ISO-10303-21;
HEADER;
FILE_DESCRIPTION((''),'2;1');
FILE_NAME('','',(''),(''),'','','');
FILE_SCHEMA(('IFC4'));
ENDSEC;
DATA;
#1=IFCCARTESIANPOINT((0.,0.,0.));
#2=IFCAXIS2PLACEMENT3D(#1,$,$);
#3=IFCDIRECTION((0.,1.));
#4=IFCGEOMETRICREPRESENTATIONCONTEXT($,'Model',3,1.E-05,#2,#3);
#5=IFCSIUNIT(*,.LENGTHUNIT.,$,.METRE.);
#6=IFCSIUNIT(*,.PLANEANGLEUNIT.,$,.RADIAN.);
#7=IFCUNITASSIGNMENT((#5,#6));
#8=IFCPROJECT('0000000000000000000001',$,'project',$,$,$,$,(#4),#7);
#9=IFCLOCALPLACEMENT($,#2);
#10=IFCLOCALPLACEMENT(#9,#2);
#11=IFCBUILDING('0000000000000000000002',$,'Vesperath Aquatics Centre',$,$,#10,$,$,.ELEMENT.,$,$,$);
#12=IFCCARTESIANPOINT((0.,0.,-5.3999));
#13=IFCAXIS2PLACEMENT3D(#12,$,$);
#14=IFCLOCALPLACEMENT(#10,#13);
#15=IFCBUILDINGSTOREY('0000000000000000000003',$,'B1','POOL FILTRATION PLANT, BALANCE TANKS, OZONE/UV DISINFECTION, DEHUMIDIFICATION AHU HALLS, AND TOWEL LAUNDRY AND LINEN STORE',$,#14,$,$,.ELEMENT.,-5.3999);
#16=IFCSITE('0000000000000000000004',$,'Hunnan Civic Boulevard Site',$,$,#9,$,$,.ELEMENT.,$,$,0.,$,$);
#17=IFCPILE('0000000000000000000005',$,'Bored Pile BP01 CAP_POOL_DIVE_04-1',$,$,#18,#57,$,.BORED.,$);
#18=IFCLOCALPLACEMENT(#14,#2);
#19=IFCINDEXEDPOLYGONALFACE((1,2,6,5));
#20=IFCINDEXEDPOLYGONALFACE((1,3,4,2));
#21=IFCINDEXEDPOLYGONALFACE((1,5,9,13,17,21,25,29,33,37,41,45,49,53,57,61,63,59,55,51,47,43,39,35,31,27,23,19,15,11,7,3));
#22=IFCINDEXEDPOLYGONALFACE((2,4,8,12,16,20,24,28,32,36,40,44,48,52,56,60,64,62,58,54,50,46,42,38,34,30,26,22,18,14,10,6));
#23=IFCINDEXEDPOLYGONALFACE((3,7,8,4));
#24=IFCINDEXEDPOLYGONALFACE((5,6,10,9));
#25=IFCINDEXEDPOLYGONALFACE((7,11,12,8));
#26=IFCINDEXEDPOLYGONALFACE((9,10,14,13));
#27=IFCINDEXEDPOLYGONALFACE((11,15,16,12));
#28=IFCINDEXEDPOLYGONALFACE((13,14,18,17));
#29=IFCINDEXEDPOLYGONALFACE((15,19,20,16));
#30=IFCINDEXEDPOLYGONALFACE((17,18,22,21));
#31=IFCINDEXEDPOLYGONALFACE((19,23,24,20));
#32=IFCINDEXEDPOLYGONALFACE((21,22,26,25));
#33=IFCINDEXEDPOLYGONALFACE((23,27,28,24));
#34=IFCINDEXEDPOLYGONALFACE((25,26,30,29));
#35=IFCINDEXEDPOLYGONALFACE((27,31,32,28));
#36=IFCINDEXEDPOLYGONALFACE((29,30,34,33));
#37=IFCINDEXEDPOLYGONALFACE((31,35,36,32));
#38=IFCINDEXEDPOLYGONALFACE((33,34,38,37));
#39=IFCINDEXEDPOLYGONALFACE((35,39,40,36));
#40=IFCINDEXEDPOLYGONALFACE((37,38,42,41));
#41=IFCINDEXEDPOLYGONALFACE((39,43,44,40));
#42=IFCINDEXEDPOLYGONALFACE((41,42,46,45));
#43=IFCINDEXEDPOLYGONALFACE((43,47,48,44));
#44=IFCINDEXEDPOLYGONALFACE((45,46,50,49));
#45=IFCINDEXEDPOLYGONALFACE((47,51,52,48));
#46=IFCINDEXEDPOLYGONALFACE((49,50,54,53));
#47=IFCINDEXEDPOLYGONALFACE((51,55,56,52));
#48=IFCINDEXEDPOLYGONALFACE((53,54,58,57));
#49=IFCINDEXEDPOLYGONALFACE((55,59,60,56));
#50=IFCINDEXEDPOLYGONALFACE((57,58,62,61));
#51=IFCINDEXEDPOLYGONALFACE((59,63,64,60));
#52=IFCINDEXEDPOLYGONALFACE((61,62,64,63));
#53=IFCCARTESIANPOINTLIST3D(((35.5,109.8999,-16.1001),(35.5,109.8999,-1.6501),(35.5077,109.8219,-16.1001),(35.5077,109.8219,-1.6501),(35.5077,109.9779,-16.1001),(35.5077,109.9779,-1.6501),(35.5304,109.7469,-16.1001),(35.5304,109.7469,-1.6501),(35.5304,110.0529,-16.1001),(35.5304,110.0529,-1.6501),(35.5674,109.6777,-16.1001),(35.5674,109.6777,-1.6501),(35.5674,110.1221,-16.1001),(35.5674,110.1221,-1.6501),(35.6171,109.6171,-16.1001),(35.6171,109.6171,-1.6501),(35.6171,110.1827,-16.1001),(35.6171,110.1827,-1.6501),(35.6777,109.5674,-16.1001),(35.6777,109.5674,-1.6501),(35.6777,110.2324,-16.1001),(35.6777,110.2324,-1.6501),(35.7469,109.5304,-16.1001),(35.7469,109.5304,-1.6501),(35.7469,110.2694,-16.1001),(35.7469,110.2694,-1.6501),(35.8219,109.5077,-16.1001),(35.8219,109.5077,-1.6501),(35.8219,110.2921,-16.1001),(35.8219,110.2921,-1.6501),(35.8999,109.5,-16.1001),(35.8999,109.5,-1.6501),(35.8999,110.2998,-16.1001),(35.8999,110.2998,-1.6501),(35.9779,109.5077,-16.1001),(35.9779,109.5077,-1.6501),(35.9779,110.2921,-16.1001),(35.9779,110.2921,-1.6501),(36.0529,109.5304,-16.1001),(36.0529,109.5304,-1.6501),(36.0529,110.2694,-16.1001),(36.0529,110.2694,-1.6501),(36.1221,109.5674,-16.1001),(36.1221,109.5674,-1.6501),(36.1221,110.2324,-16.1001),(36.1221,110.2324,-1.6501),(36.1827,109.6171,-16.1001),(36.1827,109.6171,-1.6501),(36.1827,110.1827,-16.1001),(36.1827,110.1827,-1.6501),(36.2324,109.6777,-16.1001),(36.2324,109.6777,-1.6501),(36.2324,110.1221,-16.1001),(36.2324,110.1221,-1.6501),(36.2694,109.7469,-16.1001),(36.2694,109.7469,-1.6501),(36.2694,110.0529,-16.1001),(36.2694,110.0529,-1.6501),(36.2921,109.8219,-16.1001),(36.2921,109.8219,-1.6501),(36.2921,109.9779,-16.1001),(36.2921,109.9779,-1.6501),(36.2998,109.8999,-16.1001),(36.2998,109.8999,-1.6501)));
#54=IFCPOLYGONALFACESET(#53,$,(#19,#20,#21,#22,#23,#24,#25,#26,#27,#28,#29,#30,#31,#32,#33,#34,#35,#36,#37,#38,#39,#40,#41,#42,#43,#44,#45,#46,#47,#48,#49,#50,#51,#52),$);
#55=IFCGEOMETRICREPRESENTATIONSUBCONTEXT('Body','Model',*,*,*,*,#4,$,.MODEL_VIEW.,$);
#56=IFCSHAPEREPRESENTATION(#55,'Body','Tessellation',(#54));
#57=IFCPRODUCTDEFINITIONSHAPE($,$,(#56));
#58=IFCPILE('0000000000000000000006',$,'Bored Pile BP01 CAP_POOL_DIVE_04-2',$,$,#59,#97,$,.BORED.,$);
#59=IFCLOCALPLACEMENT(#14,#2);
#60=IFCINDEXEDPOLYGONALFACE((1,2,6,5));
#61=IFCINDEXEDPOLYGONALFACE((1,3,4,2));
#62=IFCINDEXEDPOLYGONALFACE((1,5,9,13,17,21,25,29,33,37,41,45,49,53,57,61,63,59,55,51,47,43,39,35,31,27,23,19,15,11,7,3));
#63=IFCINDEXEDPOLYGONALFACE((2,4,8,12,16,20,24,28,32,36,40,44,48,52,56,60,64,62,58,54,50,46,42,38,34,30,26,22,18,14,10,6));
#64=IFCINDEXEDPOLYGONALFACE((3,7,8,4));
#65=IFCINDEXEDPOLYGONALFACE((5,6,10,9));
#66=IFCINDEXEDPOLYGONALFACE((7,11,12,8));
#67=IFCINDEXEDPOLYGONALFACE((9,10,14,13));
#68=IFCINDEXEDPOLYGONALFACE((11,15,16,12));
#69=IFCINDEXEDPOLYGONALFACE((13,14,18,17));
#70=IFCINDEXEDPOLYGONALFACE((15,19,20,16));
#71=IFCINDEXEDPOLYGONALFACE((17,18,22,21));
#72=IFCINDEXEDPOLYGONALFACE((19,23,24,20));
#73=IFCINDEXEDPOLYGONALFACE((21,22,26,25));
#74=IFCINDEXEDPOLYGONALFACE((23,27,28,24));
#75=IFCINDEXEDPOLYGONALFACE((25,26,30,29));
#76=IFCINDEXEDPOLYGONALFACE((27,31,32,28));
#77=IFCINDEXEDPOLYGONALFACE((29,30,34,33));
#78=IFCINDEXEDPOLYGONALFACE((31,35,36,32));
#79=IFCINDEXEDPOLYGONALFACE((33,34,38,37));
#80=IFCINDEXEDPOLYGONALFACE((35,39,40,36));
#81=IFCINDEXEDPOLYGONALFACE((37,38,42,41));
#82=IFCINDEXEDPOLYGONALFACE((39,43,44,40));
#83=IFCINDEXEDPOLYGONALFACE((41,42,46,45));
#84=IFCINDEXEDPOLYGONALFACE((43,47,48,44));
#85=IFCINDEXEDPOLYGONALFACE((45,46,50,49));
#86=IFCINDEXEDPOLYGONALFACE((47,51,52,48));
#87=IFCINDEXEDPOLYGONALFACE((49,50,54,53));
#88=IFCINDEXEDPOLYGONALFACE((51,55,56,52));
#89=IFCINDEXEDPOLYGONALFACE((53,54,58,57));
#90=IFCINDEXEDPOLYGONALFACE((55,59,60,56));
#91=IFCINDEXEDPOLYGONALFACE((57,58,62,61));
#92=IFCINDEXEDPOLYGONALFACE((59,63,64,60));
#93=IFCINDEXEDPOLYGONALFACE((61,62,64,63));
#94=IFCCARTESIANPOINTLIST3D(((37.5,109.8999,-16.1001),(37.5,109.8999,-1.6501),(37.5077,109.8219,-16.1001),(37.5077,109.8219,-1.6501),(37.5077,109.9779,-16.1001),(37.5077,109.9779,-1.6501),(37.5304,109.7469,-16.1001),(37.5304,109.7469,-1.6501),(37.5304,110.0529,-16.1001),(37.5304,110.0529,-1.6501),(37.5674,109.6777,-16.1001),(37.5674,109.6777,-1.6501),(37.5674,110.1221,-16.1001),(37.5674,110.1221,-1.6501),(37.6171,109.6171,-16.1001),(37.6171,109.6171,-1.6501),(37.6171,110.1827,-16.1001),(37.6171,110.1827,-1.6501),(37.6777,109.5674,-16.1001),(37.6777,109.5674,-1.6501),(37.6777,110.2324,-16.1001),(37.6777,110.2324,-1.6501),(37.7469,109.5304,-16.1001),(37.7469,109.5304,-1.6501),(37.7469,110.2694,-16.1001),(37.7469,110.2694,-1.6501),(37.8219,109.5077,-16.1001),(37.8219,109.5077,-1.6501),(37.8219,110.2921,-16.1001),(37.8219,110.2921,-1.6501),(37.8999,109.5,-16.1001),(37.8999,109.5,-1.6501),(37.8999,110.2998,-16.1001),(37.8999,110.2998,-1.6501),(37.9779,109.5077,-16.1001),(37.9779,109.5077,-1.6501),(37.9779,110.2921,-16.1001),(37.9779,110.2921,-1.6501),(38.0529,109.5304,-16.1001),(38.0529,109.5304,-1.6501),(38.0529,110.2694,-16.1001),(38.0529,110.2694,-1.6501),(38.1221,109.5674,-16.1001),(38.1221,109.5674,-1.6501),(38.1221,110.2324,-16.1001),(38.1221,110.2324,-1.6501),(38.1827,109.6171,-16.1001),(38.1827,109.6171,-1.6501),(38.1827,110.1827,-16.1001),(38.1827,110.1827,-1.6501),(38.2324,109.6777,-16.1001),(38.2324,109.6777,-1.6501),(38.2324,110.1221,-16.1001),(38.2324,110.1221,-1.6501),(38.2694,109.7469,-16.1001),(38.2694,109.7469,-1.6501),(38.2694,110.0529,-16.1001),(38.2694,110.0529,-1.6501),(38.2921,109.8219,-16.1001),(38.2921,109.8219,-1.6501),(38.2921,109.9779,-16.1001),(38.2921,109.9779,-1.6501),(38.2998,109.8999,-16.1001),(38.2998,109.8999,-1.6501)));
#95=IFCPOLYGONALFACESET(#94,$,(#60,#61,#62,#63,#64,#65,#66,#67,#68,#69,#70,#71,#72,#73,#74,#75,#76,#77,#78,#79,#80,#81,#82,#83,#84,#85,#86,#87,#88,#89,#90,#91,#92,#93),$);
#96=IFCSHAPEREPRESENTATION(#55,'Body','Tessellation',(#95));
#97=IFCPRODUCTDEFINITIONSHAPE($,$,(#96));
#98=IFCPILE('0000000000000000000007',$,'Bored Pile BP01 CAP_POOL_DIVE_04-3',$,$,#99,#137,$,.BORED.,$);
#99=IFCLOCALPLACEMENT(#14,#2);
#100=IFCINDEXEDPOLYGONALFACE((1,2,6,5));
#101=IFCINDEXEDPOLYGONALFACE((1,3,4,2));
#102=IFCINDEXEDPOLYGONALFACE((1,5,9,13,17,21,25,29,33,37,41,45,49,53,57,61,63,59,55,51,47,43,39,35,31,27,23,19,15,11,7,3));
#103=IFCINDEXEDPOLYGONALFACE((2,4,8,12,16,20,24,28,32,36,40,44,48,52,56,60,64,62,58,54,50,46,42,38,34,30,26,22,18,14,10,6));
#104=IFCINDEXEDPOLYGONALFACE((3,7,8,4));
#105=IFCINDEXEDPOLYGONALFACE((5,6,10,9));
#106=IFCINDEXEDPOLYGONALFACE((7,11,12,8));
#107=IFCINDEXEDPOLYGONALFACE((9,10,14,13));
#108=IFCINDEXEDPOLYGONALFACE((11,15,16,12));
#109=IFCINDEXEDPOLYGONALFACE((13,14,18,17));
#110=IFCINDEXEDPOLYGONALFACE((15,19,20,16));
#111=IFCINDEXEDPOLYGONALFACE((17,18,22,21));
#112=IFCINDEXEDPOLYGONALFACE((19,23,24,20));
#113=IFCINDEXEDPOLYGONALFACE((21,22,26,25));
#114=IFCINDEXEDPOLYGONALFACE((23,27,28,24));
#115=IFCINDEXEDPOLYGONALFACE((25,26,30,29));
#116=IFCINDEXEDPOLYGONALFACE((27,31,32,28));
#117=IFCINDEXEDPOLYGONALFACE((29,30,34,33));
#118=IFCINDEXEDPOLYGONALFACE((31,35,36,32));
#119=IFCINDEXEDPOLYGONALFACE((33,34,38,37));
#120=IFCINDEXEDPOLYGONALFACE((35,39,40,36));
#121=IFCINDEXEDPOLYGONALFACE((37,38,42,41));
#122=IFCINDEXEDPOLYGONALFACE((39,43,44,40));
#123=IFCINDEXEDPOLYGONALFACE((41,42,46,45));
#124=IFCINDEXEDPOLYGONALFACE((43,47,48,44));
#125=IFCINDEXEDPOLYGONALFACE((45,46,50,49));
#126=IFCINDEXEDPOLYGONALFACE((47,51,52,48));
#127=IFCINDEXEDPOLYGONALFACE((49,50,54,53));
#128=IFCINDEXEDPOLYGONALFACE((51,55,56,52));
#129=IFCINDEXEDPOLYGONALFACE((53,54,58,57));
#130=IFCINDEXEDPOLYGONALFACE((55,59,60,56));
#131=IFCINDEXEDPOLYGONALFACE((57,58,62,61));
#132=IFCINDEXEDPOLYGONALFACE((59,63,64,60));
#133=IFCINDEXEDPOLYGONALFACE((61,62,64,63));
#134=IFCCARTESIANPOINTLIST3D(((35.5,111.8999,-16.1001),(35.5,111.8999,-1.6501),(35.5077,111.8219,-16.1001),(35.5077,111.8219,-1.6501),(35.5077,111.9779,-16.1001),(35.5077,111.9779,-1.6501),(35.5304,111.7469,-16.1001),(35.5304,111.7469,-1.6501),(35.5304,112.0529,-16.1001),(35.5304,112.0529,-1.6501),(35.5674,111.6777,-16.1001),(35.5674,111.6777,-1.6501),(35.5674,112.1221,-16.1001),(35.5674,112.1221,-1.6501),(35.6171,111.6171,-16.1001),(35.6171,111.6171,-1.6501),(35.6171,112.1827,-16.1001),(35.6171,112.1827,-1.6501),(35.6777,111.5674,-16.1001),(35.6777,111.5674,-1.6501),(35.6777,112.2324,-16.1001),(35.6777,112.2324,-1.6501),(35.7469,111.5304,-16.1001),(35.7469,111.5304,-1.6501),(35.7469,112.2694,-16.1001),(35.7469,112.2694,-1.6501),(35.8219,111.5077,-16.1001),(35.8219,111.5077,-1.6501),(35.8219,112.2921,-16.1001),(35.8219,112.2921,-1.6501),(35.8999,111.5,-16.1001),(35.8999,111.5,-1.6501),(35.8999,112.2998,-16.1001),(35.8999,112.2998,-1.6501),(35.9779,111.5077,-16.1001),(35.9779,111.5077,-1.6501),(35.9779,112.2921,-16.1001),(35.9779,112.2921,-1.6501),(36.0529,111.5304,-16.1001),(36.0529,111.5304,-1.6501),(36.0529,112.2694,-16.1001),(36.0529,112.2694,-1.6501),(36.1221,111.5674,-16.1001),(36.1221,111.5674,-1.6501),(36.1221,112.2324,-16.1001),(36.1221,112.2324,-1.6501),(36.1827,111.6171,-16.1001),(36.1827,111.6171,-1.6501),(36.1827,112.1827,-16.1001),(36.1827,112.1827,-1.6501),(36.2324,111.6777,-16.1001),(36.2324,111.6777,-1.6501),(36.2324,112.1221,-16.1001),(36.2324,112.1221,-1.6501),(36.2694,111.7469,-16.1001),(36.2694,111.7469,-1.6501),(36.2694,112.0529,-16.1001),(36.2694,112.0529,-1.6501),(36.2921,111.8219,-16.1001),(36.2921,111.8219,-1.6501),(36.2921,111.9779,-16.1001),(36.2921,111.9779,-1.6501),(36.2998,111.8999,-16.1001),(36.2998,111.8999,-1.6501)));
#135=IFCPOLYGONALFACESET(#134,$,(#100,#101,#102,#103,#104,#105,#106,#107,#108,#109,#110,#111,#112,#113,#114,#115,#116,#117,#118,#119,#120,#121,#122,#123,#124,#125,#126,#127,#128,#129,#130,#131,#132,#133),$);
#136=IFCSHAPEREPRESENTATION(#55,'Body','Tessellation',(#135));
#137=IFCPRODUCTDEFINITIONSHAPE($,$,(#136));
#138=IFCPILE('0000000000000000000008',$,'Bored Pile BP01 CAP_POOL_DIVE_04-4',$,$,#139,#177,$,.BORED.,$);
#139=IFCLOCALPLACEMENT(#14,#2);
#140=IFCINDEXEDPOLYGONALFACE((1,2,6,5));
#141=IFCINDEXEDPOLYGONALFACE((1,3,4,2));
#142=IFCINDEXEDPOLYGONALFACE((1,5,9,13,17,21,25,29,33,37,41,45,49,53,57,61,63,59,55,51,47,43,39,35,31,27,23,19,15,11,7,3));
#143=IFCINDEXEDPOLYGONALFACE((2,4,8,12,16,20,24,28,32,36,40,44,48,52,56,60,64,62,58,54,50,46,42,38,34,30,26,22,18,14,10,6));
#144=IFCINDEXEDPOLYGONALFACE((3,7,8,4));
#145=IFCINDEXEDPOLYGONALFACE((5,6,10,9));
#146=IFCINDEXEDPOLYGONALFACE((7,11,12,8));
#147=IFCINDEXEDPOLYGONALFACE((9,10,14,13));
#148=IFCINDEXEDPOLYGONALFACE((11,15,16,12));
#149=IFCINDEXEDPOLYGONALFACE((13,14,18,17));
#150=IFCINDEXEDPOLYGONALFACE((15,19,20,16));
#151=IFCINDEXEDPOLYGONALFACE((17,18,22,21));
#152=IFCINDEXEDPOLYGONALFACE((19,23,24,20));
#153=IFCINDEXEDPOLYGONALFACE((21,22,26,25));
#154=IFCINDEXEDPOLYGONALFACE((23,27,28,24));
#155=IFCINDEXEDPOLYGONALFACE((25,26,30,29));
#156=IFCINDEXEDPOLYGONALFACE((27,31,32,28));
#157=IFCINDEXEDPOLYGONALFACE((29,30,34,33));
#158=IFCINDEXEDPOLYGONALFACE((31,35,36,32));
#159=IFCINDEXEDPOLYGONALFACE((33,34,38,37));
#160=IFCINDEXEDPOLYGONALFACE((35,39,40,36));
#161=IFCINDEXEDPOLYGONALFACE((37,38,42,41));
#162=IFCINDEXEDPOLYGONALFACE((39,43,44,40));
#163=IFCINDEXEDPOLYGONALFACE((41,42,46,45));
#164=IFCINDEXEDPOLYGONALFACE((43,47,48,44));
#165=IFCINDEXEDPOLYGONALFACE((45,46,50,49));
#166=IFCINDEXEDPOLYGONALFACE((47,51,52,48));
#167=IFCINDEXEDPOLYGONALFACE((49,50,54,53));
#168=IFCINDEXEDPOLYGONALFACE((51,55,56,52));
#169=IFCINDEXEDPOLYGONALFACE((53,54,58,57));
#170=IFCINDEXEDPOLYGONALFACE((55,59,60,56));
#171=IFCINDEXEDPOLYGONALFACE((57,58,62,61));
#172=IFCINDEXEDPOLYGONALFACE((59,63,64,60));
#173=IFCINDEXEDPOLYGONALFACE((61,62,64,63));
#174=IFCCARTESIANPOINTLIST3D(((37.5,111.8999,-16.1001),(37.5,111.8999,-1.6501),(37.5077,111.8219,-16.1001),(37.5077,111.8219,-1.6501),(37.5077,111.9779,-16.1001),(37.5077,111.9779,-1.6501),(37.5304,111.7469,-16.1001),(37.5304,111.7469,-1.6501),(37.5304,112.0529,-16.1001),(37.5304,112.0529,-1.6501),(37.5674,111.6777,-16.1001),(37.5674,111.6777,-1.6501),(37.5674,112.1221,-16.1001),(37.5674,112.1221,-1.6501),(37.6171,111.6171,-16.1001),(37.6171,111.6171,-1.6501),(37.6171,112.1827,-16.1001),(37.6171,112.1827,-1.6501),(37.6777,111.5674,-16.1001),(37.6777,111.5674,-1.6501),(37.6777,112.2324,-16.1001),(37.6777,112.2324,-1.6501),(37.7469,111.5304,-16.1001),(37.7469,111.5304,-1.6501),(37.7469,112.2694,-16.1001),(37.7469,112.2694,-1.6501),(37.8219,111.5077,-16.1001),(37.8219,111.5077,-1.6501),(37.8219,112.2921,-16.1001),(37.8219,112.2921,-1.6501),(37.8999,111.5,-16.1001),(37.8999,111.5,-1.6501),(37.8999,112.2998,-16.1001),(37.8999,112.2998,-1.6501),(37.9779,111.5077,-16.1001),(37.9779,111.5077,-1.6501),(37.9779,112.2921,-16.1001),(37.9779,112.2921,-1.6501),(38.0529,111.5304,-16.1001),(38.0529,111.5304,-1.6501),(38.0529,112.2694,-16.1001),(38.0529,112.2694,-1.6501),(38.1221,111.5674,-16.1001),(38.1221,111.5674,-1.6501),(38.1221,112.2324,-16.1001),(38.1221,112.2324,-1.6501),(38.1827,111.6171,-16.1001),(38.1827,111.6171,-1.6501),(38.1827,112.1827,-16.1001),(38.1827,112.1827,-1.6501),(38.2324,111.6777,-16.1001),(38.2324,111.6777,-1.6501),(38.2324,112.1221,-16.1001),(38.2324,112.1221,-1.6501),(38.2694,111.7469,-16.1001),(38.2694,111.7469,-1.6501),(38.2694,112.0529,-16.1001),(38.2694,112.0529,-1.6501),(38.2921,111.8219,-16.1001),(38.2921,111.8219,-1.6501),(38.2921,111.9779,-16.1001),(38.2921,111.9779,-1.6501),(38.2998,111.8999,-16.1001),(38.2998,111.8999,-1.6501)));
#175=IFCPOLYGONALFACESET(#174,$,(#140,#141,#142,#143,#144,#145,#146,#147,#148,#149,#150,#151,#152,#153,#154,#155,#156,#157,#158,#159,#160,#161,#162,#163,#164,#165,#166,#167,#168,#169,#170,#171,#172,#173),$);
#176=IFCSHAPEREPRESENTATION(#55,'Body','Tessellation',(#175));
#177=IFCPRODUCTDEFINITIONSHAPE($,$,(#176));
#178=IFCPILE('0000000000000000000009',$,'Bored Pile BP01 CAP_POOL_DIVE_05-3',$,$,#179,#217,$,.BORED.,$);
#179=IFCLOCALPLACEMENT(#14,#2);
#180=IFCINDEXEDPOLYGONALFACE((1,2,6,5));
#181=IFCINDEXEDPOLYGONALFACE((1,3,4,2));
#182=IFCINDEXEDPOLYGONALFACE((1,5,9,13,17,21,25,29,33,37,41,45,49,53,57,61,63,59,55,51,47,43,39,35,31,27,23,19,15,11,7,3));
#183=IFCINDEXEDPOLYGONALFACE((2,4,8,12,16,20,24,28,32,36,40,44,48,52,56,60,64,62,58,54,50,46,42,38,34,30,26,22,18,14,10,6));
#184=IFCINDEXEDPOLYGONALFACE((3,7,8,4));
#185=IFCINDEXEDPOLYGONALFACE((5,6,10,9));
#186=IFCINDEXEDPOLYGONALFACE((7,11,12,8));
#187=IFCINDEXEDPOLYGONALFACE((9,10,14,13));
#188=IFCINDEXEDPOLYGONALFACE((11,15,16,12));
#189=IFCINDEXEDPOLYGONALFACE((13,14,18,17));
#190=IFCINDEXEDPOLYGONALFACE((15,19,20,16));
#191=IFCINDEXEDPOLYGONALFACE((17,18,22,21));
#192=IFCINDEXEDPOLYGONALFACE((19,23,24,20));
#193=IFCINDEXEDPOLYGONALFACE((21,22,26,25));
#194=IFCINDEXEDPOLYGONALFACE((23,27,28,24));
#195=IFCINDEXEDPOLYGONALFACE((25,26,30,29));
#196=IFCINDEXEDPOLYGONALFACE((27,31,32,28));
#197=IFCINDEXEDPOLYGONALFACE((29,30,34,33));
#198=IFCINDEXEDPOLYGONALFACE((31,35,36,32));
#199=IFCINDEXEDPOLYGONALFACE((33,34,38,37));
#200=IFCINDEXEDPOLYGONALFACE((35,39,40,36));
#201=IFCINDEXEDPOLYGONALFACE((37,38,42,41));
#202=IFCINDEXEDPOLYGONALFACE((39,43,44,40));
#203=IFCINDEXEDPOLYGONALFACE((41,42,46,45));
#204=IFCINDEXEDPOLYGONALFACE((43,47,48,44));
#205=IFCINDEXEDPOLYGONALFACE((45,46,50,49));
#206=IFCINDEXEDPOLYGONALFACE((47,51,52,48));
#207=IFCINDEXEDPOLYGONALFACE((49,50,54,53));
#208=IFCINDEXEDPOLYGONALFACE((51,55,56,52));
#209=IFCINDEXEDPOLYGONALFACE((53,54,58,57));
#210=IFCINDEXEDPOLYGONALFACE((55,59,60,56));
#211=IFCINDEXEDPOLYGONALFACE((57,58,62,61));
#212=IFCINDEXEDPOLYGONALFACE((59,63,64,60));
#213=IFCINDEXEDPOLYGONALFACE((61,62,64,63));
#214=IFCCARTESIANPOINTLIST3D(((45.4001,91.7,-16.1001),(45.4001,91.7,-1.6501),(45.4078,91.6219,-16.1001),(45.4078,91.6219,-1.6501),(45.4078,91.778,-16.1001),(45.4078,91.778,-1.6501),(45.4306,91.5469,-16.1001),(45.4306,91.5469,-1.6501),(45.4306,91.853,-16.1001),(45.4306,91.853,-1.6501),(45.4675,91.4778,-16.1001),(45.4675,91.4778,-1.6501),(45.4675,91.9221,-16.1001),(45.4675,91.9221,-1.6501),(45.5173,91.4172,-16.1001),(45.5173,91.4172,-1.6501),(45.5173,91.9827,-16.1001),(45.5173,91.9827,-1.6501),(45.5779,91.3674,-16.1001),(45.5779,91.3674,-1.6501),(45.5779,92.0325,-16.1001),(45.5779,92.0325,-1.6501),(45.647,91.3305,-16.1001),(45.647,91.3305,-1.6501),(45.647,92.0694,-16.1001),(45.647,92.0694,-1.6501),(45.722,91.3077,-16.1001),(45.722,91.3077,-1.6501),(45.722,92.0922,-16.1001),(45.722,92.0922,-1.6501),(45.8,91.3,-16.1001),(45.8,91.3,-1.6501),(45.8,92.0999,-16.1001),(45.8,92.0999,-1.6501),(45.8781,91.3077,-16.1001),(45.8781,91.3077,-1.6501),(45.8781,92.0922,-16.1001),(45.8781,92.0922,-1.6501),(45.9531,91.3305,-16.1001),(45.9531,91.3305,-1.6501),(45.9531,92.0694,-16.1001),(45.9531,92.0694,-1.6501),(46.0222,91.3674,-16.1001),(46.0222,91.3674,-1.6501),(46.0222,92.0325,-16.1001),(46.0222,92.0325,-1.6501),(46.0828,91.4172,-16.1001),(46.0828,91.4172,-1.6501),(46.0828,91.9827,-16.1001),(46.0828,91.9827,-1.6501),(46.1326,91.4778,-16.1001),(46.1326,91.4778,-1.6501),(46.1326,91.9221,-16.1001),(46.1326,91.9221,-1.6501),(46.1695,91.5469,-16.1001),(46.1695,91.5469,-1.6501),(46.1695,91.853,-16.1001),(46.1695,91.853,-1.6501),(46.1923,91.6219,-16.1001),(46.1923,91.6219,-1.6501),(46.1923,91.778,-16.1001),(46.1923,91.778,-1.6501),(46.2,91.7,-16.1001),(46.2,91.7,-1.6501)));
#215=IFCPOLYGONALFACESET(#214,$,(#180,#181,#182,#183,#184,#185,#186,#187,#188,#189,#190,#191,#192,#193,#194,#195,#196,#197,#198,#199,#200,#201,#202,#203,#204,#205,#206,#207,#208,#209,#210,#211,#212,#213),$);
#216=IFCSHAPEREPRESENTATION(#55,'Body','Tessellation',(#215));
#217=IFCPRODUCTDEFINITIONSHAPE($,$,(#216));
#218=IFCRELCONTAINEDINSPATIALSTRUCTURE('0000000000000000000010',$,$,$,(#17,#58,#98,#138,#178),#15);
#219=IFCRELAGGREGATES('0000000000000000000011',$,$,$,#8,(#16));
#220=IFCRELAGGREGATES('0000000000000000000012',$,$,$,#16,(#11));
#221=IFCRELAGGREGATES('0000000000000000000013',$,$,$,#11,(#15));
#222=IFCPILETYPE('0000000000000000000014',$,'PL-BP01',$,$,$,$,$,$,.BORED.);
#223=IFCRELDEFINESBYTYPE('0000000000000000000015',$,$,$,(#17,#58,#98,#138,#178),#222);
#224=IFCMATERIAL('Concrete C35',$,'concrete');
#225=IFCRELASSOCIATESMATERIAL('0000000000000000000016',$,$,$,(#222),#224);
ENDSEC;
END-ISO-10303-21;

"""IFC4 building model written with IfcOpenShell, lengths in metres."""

from ifc_helpers import new_model, si_unit, direction, frame, origin, origin_2d, place, context, subcontext, project, spatial, circle, extrude, material, material_profile, profile_set, type_object, element, save


model = new_model("IFC4")

# Units and contexts
model_context = context("Model", 3, precision=1e-05, world=origin(), true_north=direction((0.0, 1.0)))
body_context = subcontext(model_context, "Body", "Model", "MODEL_VIEW")
ifc_project = project(units=[si_unit("LENGTHUNIT", "METRE"), si_unit("PLANEANGLEUNIT", "RADIAN")], contexts=[model_context])

# Site, building, storey
site_placement = place(None, origin())
site = spatial("IfcSite", under=ifc_project, at=site_placement, Name="Hunnan Civic Boulevard Site", CompositionType="ELEMENT", RefElevation=0.0)
building_placement = place(site_placement, origin())
building = spatial("IfcBuilding", under=site, at=building_placement, Name="Vesperath Aquatics Centre", CompositionType="ELEMENT")
storey_placement = place(building_placement, frame((0.0, 0.0, -5.3999)))
storey = spatial("IfcBuildingStorey", under=building, at=storey_placement, Name="B1", Description="POOL FILTRATION PLANT, BALANCE TANKS, OZONE/UV DISINFECTION, DEHUMIDIFICATION AHU HALLS, AND TOWEL LAUNDRY AND LINEN STORE", CompositionType="ELEMENT", Elevation=-5.3999)

# Piles
ifc_material_1 = material(Name="Concrete C35", Category="concrete")
ifc_material_profile_1 = material_profile(ifc_material_1, circle(Radius=0.3999, at=origin_2d()), Name="PILE D800")
ifc_profile_set_1 = profile_set([ifc_material_profile_1], Name="Concrete C35")
pile_type = type_object("IfcPileType", Name="PL-BP01", PredefinedType="BORED", material=ifc_profile_set_1)
for number, where, z_axis, x_axis, name in (
    (1, (35.8999, 109.8999, -1.6501), (0.0, 0.0, -1.0), (1.0, 0.0, 0.0), "Bored Pile BP01 CAP_POOL_DIVE_04-1"),
    (2, (37.8999, 109.8999, -1.6501), (0.0, 0.0, -1.0), (1.0, 0.0, 0.0), "Bored Pile BP01 CAP_POOL_DIVE_04-2"),
    (3, (35.8999, 111.8999, -1.6501), (0.0, 0.0, -1.0), (1.0, 0.0, 0.0), "Bored Pile BP01 CAP_POOL_DIVE_04-3"),
    (4, (37.8999, 111.8999, -1.6501), (0.0, 0.0, -1.0), (1.0, 0.0, 0.0), "Bored Pile BP01 CAP_POOL_DIVE_04-4"),
    (5, (45.8, 91.7, -1.6501), (0.0, 0.0, -1.0), (1.0, 0.0, 0.0), "Bored Pile BP01 CAP_POOL_DIVE_05-3"),
):
    element("IfcPile", number, at=place(storey_placement, frame(where, z_axis=z_axis, x_axis=x_axis)), inside=storey, type_object=pile_type, Name=name, PredefinedType="BORED", context=body_context, shape_type="SweptSolid", body=[
        extrude(circle(Radius=0.3999, at=origin_2d()), origin(), (0.0, 0.0, 1.0), 14.45),
    ])

save(model, "model.ifc")
